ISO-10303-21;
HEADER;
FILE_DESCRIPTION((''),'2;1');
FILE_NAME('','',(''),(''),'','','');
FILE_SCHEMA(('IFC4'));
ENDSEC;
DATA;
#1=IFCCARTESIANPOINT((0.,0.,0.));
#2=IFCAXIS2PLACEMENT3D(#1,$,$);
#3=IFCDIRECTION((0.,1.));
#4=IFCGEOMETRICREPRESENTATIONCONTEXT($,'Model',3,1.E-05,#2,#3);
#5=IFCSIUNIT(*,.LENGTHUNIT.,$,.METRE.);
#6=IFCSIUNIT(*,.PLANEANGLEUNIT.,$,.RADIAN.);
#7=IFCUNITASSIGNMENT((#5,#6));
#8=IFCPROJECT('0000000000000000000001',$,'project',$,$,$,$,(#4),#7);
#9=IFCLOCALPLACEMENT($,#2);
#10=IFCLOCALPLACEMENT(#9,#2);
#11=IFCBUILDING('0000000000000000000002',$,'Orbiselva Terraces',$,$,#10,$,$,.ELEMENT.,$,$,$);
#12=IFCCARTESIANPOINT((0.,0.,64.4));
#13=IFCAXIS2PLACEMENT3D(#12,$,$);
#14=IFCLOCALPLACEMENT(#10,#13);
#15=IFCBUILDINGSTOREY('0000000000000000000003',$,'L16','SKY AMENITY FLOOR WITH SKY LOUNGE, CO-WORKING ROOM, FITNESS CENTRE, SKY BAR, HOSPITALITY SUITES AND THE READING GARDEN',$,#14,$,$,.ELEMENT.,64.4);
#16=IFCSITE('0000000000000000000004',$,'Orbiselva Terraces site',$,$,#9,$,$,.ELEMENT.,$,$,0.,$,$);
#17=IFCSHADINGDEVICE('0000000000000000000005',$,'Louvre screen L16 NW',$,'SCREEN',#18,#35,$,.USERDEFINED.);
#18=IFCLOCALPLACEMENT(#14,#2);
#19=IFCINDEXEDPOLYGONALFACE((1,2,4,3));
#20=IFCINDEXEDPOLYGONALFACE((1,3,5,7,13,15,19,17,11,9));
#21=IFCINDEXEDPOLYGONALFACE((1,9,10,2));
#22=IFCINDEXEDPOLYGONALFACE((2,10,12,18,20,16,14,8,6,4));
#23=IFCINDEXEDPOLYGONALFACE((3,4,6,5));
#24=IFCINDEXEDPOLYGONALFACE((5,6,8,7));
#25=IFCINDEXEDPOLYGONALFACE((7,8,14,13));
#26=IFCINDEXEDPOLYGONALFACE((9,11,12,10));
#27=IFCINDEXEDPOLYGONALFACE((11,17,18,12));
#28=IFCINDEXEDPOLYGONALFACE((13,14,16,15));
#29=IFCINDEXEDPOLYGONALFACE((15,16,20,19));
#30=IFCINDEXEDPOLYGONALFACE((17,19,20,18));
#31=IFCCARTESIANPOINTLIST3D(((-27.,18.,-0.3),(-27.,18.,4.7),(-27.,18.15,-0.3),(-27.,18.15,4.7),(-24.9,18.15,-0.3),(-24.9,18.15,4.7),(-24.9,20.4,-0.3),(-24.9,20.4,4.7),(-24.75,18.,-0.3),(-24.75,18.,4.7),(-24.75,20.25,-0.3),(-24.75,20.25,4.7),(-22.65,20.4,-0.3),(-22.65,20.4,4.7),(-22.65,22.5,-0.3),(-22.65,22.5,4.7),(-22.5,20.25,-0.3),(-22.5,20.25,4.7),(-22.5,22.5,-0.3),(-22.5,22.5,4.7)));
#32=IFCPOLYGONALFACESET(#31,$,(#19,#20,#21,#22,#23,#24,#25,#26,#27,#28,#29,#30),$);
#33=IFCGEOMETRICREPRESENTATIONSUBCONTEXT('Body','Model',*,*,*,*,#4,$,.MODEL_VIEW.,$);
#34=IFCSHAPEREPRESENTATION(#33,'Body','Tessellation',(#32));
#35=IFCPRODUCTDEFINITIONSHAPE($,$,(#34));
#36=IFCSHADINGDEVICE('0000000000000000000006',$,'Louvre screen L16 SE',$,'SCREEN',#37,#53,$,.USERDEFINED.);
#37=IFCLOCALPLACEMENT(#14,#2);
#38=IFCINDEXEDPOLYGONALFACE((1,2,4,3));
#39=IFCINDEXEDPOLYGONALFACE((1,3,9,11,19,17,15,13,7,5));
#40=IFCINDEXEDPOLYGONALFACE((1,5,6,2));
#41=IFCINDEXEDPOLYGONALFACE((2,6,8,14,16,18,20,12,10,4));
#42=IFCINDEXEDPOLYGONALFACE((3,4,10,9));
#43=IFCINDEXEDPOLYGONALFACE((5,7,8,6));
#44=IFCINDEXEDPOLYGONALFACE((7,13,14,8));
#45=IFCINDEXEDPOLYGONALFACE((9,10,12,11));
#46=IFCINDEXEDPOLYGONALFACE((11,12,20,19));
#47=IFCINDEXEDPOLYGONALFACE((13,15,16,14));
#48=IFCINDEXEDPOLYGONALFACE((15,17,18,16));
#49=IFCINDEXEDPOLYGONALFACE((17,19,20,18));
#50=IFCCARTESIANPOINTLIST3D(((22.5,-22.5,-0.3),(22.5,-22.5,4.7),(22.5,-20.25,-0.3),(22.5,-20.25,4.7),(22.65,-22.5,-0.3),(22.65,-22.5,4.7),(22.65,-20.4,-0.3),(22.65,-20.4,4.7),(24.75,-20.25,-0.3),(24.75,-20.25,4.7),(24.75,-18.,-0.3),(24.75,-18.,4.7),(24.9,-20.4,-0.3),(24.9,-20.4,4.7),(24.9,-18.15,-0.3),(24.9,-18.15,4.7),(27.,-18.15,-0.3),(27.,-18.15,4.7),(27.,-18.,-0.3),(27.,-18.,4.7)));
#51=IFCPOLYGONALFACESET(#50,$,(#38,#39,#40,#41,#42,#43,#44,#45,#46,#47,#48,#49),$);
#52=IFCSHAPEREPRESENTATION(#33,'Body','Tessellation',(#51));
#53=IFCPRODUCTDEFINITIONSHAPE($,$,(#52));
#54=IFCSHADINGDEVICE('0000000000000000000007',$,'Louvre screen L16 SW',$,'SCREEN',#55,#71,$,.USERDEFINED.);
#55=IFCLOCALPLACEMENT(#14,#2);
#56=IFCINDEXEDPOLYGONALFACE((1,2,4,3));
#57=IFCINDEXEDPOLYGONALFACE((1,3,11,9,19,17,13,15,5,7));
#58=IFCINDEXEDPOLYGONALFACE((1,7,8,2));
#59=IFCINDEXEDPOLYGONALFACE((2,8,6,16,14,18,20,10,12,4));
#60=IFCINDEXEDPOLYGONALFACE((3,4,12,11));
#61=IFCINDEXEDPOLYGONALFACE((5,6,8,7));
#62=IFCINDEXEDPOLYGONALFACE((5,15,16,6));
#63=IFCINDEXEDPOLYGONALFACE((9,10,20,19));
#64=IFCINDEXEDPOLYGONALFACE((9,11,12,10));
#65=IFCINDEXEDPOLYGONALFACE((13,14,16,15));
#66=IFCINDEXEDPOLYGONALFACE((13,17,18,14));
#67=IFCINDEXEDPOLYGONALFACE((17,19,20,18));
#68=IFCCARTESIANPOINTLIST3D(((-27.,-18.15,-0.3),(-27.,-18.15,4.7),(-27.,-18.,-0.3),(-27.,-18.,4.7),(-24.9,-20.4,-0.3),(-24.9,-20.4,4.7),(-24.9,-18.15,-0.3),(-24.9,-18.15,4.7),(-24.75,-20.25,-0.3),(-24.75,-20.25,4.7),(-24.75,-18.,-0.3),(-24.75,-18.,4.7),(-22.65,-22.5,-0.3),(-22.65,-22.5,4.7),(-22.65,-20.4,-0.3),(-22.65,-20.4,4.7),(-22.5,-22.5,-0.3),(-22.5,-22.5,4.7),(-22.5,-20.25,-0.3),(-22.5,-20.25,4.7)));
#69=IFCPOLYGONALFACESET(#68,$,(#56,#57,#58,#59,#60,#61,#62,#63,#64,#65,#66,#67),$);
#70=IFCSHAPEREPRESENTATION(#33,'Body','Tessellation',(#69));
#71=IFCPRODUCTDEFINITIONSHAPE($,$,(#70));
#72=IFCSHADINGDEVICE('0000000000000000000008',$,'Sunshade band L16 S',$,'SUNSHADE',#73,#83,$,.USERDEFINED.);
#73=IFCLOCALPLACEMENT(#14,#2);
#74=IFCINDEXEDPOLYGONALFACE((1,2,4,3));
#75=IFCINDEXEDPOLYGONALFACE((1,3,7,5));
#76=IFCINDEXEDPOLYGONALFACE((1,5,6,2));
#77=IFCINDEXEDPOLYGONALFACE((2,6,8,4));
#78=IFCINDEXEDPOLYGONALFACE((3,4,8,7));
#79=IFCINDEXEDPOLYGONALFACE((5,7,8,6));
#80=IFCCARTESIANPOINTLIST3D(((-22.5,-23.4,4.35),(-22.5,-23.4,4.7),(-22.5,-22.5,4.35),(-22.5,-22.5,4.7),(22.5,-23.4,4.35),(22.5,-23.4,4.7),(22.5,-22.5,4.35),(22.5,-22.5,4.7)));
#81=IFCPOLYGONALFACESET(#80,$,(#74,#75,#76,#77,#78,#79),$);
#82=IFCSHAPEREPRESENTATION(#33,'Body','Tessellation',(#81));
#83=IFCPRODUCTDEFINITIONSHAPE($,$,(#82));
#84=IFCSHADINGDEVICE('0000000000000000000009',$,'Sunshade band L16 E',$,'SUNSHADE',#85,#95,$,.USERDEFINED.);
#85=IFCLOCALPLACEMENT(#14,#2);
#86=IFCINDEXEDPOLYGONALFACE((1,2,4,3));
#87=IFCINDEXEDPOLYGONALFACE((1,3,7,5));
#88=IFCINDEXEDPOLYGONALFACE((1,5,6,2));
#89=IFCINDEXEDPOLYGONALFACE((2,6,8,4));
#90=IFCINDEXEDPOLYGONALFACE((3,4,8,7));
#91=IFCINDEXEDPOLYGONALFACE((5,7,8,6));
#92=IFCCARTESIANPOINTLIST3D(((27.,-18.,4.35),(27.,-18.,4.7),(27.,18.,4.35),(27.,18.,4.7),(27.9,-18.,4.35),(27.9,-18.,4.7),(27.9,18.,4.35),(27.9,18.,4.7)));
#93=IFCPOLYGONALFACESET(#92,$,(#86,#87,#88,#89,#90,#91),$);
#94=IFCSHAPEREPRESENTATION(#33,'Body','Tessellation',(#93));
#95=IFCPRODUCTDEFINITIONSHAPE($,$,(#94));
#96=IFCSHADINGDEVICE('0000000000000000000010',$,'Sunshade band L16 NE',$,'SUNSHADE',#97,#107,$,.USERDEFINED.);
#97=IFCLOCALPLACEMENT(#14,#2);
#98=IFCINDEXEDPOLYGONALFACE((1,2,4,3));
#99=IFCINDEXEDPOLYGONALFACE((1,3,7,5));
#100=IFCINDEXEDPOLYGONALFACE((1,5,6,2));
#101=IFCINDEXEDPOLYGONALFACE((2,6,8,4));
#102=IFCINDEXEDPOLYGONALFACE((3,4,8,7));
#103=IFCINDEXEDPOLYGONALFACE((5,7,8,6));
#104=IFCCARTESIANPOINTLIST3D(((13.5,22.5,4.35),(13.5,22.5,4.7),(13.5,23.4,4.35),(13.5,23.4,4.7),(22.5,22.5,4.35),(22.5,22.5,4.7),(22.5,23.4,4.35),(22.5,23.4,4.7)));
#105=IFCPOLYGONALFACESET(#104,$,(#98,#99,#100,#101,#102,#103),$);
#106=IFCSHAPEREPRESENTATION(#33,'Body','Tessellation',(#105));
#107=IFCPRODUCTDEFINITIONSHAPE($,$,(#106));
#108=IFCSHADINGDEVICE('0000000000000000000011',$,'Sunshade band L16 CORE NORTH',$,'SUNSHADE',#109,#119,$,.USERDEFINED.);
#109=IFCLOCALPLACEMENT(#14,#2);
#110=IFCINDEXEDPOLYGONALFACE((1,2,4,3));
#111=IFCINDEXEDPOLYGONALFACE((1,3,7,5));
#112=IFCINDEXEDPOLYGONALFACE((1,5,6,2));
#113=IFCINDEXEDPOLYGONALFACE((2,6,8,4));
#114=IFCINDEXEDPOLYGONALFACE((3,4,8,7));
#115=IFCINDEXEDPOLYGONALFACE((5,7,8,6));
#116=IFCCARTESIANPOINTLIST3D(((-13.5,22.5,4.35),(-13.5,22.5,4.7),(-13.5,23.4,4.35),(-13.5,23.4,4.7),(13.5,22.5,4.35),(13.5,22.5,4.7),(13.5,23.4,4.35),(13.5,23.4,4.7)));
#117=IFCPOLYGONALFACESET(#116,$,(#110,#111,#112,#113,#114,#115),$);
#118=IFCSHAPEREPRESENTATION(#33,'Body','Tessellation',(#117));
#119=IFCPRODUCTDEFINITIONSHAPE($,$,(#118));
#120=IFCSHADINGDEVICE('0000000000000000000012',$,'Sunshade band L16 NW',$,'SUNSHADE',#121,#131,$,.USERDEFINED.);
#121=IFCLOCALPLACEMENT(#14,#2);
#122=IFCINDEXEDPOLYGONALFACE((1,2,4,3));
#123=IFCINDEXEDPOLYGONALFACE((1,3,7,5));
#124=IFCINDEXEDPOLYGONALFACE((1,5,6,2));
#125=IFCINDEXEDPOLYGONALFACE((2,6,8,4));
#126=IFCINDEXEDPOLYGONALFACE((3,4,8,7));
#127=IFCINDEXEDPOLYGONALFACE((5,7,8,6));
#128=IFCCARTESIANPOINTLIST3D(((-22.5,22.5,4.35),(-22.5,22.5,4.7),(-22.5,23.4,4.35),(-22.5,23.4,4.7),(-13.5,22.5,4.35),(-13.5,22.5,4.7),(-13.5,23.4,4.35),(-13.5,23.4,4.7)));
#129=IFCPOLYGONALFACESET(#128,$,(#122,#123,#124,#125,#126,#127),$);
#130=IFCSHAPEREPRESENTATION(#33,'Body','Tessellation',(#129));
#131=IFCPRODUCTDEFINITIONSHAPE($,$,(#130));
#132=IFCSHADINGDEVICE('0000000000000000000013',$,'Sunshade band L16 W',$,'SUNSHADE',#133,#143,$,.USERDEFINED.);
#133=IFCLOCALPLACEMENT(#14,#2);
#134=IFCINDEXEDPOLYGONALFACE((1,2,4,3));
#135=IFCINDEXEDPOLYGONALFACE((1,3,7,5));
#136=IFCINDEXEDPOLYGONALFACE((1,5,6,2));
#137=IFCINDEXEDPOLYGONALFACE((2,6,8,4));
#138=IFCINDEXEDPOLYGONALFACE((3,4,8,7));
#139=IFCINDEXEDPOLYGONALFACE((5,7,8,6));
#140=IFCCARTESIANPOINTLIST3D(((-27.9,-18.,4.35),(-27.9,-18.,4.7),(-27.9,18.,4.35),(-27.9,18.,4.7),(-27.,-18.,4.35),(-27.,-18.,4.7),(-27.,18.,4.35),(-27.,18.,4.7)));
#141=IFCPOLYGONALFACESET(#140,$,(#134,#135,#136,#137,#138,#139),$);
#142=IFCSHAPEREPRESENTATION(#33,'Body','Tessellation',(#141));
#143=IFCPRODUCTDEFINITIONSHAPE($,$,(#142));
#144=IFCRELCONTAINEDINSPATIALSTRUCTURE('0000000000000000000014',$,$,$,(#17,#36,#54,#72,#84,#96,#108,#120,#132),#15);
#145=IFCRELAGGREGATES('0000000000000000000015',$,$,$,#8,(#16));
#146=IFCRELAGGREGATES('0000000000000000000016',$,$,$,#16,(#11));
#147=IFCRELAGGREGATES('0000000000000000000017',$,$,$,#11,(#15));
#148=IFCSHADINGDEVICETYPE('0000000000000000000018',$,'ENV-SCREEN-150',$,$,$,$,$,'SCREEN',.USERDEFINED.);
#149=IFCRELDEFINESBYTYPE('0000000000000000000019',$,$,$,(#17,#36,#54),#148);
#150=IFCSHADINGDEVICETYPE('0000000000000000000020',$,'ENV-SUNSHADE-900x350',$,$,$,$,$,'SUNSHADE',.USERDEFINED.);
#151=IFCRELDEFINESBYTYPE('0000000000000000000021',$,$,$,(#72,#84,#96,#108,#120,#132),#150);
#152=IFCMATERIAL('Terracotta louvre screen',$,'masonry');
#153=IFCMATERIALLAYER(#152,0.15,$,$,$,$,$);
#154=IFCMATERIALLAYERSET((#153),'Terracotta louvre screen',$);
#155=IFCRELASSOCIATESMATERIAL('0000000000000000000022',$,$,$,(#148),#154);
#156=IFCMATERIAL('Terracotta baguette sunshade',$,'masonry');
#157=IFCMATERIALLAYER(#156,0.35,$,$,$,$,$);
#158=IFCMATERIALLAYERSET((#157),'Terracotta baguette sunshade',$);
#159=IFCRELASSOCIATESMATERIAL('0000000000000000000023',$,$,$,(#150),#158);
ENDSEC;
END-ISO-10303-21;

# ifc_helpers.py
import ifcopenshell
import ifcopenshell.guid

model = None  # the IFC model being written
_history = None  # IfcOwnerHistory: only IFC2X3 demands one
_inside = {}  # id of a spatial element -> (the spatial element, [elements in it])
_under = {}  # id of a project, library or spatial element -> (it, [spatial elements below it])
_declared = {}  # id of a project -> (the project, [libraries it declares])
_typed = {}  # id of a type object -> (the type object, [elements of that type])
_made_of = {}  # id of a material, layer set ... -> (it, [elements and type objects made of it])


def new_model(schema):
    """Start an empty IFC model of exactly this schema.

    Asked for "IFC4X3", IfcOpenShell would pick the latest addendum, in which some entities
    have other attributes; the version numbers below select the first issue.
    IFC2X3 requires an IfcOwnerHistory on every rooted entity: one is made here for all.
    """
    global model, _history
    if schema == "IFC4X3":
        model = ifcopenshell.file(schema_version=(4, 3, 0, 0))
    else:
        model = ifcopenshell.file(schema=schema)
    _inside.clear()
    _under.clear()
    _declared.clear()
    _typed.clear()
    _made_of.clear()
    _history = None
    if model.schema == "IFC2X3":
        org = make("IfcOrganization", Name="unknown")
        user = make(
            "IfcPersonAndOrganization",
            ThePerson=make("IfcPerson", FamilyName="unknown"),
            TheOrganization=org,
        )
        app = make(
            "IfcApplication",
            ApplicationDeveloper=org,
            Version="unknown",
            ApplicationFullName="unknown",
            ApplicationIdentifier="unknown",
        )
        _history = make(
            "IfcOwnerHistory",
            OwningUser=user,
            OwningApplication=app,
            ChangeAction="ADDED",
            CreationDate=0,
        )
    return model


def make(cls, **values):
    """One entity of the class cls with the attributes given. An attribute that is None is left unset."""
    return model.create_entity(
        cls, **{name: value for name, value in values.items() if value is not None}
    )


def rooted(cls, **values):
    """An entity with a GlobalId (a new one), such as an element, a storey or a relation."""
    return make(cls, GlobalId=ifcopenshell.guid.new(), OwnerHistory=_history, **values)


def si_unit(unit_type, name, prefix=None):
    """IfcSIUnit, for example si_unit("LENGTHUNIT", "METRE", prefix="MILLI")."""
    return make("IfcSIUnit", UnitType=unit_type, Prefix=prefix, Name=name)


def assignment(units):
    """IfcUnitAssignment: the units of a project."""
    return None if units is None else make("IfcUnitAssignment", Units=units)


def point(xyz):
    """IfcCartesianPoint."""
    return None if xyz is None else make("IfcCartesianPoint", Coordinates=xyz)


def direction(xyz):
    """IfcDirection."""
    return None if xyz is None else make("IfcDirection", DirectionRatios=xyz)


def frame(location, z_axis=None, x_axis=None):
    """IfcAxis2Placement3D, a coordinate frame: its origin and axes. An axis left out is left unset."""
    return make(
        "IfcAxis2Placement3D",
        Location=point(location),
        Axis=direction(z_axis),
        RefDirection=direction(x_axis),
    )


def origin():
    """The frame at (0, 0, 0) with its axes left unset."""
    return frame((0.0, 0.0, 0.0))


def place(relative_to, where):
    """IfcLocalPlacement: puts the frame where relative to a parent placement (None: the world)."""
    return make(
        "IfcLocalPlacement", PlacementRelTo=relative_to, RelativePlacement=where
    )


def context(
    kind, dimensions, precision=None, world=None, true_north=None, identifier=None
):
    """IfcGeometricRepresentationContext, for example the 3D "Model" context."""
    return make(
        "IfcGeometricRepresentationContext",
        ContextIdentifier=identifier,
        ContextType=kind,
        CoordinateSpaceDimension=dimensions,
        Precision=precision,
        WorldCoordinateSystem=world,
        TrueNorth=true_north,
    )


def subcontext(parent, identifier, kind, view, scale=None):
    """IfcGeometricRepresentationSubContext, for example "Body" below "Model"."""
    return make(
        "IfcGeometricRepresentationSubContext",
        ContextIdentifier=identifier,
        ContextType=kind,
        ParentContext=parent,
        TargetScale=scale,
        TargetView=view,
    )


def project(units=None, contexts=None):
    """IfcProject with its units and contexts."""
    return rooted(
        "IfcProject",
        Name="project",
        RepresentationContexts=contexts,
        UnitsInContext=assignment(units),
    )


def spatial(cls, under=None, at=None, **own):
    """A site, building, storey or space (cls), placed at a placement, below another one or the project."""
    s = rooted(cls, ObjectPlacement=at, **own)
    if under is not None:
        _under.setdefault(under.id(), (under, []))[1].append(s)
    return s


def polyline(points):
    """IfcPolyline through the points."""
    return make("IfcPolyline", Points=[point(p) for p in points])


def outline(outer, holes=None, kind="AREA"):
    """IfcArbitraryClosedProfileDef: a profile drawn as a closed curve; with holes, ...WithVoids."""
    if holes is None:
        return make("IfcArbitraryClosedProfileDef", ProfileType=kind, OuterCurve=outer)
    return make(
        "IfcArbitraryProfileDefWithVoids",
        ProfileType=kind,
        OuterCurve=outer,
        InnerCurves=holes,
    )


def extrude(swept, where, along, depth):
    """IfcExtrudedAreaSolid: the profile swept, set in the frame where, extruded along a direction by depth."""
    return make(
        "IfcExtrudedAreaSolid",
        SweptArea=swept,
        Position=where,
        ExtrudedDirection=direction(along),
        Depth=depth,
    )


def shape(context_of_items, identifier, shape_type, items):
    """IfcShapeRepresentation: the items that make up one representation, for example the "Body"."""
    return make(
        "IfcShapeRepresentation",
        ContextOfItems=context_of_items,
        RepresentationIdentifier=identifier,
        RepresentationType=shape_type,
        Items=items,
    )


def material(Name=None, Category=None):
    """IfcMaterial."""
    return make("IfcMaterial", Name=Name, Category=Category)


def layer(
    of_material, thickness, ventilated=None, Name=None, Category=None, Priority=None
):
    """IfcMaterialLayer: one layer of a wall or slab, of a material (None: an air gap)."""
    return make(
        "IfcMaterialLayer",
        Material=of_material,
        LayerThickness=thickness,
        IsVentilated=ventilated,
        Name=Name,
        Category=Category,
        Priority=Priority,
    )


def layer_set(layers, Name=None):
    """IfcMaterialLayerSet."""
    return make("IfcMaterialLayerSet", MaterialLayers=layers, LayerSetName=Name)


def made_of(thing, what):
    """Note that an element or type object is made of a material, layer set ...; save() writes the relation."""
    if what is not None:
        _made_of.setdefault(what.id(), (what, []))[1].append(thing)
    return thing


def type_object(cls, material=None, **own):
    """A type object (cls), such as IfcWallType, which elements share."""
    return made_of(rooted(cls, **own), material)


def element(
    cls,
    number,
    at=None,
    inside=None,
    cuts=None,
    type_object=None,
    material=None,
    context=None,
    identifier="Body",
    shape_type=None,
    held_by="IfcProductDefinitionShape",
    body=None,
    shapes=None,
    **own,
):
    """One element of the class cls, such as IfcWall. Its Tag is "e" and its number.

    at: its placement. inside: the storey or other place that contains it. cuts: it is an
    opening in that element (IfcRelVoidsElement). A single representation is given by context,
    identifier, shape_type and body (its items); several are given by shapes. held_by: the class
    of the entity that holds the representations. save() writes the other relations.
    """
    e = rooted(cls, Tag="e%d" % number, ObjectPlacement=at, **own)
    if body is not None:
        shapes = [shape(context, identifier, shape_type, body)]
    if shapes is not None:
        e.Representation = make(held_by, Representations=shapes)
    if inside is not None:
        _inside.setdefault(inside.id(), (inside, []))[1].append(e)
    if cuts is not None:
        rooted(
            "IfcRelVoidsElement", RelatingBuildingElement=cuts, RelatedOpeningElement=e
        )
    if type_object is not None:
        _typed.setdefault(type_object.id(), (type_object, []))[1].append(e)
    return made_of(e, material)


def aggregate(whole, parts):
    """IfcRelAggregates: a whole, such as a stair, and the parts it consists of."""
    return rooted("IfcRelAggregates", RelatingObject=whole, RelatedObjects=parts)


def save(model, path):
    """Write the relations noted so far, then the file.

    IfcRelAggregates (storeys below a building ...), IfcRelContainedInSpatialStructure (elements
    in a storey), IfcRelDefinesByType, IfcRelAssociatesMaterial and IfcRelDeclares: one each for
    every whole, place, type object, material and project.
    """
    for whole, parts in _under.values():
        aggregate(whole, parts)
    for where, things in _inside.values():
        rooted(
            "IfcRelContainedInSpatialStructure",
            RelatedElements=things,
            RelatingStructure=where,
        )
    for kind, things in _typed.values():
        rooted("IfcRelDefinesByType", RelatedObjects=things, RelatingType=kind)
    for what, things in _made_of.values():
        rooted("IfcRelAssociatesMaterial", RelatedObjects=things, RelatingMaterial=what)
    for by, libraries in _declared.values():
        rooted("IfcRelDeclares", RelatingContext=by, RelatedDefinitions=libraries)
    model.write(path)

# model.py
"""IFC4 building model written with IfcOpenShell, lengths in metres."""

from ifc_helpers import new_model, si_unit, direction, frame, origin, place, context, subcontext, project, spatial, polyline, outline, extrude, material, layer, layer_set, type_object, element, save


model = new_model("IFC4")

# Units and contexts
model_context = context("Model", 3, precision=1e-05, world=origin(), true_north=direction((0.0, 1.0)))
body_context = subcontext(model_context, "Body", "Model", "MODEL_VIEW")
ifc_project = project(units=[si_unit("LENGTHUNIT", "METRE"), si_unit("PLANEANGLEUNIT", "RADIAN")], contexts=[model_context])

# Site, building, storey
site_placement = place(None, origin())
site = spatial("IfcSite", under=ifc_project, at=site_placement, Name="Orbiselva Terraces site", CompositionType="ELEMENT", RefElevation=0.0)
building_placement = place(site_placement, origin())
building = spatial("IfcBuilding", under=site, at=building_placement, Name="Orbiselva Terraces", CompositionType="ELEMENT")
storey_placement = place(building_placement, frame((0.0, 0.0, 64.4)))
storey = spatial("IfcBuildingStorey", under=building, at=storey_placement, Name="L16", Description="SKY AMENITY FLOOR WITH SKY LOUNGE, CO-WORKING ROOM, FITNESS CENTRE, SKY BAR, HOSPITALITY SUITES AND THE READING GARDEN", CompositionType="ELEMENT", Elevation=64.4)

# Shading devices
ifc_material_1 = material(Name="Terracotta louvre screen", Category="masonry")
ifc_layer_1 = layer(ifc_material_1, 0.15)
ifc_layer_set_1 = layer_set([ifc_layer_1], Name="Terracotta louvre screen")
shading_device_type_1 = type_object("IfcShadingDeviceType", Name="ENV-SCREEN-150", ElementType="SCREEN", PredefinedType="USERDEFINED", material=ifc_layer_set_1)
shading_device_1_placement = place(storey_placement, frame((0.0, 0.0, -0.3)))
element("IfcShadingDevice", 1, at=shading_device_1_placement, inside=storey, type_object=shading_device_type_1, Name="Louvre screen L16 NW", ObjectType="SCREEN", PredefinedType="USERDEFINED", context=body_context, shape_type="SweptSolid", body=[
    extrude(outline(polyline([(-22.65, 22.5), (-22.65, 20.4), (-24.9, 20.4), (-24.9, 18.15), (-27.0, 18.15), (-27.0, 18.0), (-24.75, 18.0), (-24.75, 20.25), (-22.5, 20.25), (-22.5, 22.5), (-22.65, 22.5)])), origin(), (0.0, 0.0, 1.0), 5.0),
])
shading_device_2_placement = place(storey_placement, frame((0.0, 0.0, -0.3)))
element("IfcShadingDevice", 2, at=shading_device_2_placement, inside=storey, type_object=shading_device_type_1, Name="Louvre screen L16 SE", ObjectType="SCREEN", PredefinedType="USERDEFINED", context=body_context, shape_type="SweptSolid", body=[
    extrude(outline(polyline([(22.65, -22.5), (22.65, -20.4), (24.9, -20.4), (24.9, -18.15), (27.0, -18.15), (27.0, -18.0), (24.75, -18.0), (24.75, -20.25), (22.5, -20.25), (22.5, -22.5), (22.65, -22.5)])), origin(), (0.0, 0.0, 1.0), 5.0),
])
shading_device_3_placement = place(storey_placement, frame((0.0, 0.0, -0.3)))
element("IfcShadingDevice", 3, at=shading_device_3_placement, inside=storey, type_object=shading_device_type_1, Name="Louvre screen L16 SW", ObjectType="SCREEN", PredefinedType="USERDEFINED", context=body_context, shape_type="SweptSolid", body=[
    extrude(outline(polyline([(-27.0, -18.15), (-24.9, -18.15), (-24.9, -20.4), (-22.65, -20.4), (-22.65, -22.5), (-22.5, -22.5), (-22.5, -20.25), (-24.75, -20.25), (-24.75, -18.0), (-27.0, -18.0), (-27.0, -18.15)])), origin(), (0.0, 0.0, 1.0), 5.0),
])
ifc_material_2 = material(Name="Terracotta baguette sunshade", Category="masonry")
ifc_layer_2 = layer(ifc_material_2, 0.35)
ifc_layer_set_2 = layer_set([ifc_layer_2], Name="Terracotta baguette sunshade")
shading_device_type_2 = type_object("IfcShadingDeviceType", Name="ENV-SUNSHADE-900x350", ElementType="SUNSHADE", PredefinedType="USERDEFINED", material=ifc_layer_set_2)
shading_device_4_placement = place(storey_placement, frame((0.0, 0.0, 4.35)))
element("IfcShadingDevice", 4, at=shading_device_4_placement, inside=storey, type_object=shading_device_type_2, Name="Sunshade band L16 S", ObjectType="SUNSHADE", PredefinedType="USERDEFINED", context=body_context, shape_type="SweptSolid", body=[
    extrude(outline(polyline([(-22.5, -23.4), (22.5, -23.4), (22.5, -22.5), (-22.5, -22.5), (-22.5, -23.4)])), origin(), (0.0, 0.0, 1.0), 0.35),
])
shading_device_5_placement = place(storey_placement, frame((0.0, 0.0, 4.35)))
element("IfcShadingDevice", 5, at=shading_device_5_placement, inside=storey, type_object=shading_device_type_2, Name="Sunshade band L16 E", ObjectType="SUNSHADE", PredefinedType="USERDEFINED", context=body_context, shape_type="SweptSolid", body=[
    extrude(outline(polyline([(27.9, -18.0), (27.9, 18.0), (27.0, 18.0), (27.0, -18.0), (27.9, -18.0)])), origin(), (0.0, 0.0, 1.0), 0.35),
])
shading_device_6_placement = place(storey_placement, frame((0.0, 0.0, 4.35)))
element("IfcShadingDevice", 6, at=shading_device_6_placement, inside=storey, type_object=shading_device_type_2, Name="Sunshade band L16 NE", ObjectType="SUNSHADE", PredefinedType="USERDEFINED", context=body_context, shape_type="SweptSolid", body=[
    extrude(outline(polyline([(22.5, 23.4), (13.5, 23.4), (13.5, 22.5), (22.5, 22.5), (22.5, 23.4)])), origin(), (0.0, 0.0, 1.0), 0.35),
])
shading_device_7_placement = place(storey_placement, frame((0.0, 0.0, 4.35)))
element("IfcShadingDevice", 7, at=shading_device_7_placement, inside=storey, type_object=shading_device_type_2, Name="Sunshade band L16 CORE NORTH", ObjectType="SUNSHADE", PredefinedType="USERDEFINED", context=body_context, shape_type="SweptSolid", body=[
    extrude(outline(polyline([(13.5, 23.4), (-13.5, 23.4), (-13.5, 22.5), (13.5, 22.5), (13.5, 23.4)])), origin(), (0.0, 0.0, 1.0), 0.35),
])
shading_device_8_placement = place(storey_placement, frame((0.0, 0.0, 4.35)))
element("IfcShadingDevice", 8, at=shading_device_8_placement, inside=storey, type_object=shading_device_type_2, Name="Sunshade band L16 NW", ObjectType="SUNSHADE", PredefinedType="USERDEFINED", context=body_context, shape_type="SweptSolid", body=[
    extrude(outline(polyline([(-13.5, 23.4), (-22.5, 23.4), (-22.5, 22.5), (-13.5, 22.5), (-13.5, 23.4)])), origin(), (0.0, 0.0, 1.0), 0.35),
])
shading_device_9_placement = place(storey_placement, frame((0.0, 0.0, 4.35)))
element("IfcShadingDevice", 9, at=shading_device_9_placement, inside=storey, type_object=shading_device_type_2, Name="Sunshade band L16 W", ObjectType="SUNSHADE", PredefinedType="USERDEFINED", context=body_context, shape_type="SweptSolid", body=[
    extrude(outline(polyline([(-27.9, 18.0), (-27.9, -18.0), (-27.0, -18.0), (-27.0, 18.0), (-27.9, 18.0)])), origin(), (0.0, 0.0, 1.0), 0.35),
])

save(model, "model.ifc")
